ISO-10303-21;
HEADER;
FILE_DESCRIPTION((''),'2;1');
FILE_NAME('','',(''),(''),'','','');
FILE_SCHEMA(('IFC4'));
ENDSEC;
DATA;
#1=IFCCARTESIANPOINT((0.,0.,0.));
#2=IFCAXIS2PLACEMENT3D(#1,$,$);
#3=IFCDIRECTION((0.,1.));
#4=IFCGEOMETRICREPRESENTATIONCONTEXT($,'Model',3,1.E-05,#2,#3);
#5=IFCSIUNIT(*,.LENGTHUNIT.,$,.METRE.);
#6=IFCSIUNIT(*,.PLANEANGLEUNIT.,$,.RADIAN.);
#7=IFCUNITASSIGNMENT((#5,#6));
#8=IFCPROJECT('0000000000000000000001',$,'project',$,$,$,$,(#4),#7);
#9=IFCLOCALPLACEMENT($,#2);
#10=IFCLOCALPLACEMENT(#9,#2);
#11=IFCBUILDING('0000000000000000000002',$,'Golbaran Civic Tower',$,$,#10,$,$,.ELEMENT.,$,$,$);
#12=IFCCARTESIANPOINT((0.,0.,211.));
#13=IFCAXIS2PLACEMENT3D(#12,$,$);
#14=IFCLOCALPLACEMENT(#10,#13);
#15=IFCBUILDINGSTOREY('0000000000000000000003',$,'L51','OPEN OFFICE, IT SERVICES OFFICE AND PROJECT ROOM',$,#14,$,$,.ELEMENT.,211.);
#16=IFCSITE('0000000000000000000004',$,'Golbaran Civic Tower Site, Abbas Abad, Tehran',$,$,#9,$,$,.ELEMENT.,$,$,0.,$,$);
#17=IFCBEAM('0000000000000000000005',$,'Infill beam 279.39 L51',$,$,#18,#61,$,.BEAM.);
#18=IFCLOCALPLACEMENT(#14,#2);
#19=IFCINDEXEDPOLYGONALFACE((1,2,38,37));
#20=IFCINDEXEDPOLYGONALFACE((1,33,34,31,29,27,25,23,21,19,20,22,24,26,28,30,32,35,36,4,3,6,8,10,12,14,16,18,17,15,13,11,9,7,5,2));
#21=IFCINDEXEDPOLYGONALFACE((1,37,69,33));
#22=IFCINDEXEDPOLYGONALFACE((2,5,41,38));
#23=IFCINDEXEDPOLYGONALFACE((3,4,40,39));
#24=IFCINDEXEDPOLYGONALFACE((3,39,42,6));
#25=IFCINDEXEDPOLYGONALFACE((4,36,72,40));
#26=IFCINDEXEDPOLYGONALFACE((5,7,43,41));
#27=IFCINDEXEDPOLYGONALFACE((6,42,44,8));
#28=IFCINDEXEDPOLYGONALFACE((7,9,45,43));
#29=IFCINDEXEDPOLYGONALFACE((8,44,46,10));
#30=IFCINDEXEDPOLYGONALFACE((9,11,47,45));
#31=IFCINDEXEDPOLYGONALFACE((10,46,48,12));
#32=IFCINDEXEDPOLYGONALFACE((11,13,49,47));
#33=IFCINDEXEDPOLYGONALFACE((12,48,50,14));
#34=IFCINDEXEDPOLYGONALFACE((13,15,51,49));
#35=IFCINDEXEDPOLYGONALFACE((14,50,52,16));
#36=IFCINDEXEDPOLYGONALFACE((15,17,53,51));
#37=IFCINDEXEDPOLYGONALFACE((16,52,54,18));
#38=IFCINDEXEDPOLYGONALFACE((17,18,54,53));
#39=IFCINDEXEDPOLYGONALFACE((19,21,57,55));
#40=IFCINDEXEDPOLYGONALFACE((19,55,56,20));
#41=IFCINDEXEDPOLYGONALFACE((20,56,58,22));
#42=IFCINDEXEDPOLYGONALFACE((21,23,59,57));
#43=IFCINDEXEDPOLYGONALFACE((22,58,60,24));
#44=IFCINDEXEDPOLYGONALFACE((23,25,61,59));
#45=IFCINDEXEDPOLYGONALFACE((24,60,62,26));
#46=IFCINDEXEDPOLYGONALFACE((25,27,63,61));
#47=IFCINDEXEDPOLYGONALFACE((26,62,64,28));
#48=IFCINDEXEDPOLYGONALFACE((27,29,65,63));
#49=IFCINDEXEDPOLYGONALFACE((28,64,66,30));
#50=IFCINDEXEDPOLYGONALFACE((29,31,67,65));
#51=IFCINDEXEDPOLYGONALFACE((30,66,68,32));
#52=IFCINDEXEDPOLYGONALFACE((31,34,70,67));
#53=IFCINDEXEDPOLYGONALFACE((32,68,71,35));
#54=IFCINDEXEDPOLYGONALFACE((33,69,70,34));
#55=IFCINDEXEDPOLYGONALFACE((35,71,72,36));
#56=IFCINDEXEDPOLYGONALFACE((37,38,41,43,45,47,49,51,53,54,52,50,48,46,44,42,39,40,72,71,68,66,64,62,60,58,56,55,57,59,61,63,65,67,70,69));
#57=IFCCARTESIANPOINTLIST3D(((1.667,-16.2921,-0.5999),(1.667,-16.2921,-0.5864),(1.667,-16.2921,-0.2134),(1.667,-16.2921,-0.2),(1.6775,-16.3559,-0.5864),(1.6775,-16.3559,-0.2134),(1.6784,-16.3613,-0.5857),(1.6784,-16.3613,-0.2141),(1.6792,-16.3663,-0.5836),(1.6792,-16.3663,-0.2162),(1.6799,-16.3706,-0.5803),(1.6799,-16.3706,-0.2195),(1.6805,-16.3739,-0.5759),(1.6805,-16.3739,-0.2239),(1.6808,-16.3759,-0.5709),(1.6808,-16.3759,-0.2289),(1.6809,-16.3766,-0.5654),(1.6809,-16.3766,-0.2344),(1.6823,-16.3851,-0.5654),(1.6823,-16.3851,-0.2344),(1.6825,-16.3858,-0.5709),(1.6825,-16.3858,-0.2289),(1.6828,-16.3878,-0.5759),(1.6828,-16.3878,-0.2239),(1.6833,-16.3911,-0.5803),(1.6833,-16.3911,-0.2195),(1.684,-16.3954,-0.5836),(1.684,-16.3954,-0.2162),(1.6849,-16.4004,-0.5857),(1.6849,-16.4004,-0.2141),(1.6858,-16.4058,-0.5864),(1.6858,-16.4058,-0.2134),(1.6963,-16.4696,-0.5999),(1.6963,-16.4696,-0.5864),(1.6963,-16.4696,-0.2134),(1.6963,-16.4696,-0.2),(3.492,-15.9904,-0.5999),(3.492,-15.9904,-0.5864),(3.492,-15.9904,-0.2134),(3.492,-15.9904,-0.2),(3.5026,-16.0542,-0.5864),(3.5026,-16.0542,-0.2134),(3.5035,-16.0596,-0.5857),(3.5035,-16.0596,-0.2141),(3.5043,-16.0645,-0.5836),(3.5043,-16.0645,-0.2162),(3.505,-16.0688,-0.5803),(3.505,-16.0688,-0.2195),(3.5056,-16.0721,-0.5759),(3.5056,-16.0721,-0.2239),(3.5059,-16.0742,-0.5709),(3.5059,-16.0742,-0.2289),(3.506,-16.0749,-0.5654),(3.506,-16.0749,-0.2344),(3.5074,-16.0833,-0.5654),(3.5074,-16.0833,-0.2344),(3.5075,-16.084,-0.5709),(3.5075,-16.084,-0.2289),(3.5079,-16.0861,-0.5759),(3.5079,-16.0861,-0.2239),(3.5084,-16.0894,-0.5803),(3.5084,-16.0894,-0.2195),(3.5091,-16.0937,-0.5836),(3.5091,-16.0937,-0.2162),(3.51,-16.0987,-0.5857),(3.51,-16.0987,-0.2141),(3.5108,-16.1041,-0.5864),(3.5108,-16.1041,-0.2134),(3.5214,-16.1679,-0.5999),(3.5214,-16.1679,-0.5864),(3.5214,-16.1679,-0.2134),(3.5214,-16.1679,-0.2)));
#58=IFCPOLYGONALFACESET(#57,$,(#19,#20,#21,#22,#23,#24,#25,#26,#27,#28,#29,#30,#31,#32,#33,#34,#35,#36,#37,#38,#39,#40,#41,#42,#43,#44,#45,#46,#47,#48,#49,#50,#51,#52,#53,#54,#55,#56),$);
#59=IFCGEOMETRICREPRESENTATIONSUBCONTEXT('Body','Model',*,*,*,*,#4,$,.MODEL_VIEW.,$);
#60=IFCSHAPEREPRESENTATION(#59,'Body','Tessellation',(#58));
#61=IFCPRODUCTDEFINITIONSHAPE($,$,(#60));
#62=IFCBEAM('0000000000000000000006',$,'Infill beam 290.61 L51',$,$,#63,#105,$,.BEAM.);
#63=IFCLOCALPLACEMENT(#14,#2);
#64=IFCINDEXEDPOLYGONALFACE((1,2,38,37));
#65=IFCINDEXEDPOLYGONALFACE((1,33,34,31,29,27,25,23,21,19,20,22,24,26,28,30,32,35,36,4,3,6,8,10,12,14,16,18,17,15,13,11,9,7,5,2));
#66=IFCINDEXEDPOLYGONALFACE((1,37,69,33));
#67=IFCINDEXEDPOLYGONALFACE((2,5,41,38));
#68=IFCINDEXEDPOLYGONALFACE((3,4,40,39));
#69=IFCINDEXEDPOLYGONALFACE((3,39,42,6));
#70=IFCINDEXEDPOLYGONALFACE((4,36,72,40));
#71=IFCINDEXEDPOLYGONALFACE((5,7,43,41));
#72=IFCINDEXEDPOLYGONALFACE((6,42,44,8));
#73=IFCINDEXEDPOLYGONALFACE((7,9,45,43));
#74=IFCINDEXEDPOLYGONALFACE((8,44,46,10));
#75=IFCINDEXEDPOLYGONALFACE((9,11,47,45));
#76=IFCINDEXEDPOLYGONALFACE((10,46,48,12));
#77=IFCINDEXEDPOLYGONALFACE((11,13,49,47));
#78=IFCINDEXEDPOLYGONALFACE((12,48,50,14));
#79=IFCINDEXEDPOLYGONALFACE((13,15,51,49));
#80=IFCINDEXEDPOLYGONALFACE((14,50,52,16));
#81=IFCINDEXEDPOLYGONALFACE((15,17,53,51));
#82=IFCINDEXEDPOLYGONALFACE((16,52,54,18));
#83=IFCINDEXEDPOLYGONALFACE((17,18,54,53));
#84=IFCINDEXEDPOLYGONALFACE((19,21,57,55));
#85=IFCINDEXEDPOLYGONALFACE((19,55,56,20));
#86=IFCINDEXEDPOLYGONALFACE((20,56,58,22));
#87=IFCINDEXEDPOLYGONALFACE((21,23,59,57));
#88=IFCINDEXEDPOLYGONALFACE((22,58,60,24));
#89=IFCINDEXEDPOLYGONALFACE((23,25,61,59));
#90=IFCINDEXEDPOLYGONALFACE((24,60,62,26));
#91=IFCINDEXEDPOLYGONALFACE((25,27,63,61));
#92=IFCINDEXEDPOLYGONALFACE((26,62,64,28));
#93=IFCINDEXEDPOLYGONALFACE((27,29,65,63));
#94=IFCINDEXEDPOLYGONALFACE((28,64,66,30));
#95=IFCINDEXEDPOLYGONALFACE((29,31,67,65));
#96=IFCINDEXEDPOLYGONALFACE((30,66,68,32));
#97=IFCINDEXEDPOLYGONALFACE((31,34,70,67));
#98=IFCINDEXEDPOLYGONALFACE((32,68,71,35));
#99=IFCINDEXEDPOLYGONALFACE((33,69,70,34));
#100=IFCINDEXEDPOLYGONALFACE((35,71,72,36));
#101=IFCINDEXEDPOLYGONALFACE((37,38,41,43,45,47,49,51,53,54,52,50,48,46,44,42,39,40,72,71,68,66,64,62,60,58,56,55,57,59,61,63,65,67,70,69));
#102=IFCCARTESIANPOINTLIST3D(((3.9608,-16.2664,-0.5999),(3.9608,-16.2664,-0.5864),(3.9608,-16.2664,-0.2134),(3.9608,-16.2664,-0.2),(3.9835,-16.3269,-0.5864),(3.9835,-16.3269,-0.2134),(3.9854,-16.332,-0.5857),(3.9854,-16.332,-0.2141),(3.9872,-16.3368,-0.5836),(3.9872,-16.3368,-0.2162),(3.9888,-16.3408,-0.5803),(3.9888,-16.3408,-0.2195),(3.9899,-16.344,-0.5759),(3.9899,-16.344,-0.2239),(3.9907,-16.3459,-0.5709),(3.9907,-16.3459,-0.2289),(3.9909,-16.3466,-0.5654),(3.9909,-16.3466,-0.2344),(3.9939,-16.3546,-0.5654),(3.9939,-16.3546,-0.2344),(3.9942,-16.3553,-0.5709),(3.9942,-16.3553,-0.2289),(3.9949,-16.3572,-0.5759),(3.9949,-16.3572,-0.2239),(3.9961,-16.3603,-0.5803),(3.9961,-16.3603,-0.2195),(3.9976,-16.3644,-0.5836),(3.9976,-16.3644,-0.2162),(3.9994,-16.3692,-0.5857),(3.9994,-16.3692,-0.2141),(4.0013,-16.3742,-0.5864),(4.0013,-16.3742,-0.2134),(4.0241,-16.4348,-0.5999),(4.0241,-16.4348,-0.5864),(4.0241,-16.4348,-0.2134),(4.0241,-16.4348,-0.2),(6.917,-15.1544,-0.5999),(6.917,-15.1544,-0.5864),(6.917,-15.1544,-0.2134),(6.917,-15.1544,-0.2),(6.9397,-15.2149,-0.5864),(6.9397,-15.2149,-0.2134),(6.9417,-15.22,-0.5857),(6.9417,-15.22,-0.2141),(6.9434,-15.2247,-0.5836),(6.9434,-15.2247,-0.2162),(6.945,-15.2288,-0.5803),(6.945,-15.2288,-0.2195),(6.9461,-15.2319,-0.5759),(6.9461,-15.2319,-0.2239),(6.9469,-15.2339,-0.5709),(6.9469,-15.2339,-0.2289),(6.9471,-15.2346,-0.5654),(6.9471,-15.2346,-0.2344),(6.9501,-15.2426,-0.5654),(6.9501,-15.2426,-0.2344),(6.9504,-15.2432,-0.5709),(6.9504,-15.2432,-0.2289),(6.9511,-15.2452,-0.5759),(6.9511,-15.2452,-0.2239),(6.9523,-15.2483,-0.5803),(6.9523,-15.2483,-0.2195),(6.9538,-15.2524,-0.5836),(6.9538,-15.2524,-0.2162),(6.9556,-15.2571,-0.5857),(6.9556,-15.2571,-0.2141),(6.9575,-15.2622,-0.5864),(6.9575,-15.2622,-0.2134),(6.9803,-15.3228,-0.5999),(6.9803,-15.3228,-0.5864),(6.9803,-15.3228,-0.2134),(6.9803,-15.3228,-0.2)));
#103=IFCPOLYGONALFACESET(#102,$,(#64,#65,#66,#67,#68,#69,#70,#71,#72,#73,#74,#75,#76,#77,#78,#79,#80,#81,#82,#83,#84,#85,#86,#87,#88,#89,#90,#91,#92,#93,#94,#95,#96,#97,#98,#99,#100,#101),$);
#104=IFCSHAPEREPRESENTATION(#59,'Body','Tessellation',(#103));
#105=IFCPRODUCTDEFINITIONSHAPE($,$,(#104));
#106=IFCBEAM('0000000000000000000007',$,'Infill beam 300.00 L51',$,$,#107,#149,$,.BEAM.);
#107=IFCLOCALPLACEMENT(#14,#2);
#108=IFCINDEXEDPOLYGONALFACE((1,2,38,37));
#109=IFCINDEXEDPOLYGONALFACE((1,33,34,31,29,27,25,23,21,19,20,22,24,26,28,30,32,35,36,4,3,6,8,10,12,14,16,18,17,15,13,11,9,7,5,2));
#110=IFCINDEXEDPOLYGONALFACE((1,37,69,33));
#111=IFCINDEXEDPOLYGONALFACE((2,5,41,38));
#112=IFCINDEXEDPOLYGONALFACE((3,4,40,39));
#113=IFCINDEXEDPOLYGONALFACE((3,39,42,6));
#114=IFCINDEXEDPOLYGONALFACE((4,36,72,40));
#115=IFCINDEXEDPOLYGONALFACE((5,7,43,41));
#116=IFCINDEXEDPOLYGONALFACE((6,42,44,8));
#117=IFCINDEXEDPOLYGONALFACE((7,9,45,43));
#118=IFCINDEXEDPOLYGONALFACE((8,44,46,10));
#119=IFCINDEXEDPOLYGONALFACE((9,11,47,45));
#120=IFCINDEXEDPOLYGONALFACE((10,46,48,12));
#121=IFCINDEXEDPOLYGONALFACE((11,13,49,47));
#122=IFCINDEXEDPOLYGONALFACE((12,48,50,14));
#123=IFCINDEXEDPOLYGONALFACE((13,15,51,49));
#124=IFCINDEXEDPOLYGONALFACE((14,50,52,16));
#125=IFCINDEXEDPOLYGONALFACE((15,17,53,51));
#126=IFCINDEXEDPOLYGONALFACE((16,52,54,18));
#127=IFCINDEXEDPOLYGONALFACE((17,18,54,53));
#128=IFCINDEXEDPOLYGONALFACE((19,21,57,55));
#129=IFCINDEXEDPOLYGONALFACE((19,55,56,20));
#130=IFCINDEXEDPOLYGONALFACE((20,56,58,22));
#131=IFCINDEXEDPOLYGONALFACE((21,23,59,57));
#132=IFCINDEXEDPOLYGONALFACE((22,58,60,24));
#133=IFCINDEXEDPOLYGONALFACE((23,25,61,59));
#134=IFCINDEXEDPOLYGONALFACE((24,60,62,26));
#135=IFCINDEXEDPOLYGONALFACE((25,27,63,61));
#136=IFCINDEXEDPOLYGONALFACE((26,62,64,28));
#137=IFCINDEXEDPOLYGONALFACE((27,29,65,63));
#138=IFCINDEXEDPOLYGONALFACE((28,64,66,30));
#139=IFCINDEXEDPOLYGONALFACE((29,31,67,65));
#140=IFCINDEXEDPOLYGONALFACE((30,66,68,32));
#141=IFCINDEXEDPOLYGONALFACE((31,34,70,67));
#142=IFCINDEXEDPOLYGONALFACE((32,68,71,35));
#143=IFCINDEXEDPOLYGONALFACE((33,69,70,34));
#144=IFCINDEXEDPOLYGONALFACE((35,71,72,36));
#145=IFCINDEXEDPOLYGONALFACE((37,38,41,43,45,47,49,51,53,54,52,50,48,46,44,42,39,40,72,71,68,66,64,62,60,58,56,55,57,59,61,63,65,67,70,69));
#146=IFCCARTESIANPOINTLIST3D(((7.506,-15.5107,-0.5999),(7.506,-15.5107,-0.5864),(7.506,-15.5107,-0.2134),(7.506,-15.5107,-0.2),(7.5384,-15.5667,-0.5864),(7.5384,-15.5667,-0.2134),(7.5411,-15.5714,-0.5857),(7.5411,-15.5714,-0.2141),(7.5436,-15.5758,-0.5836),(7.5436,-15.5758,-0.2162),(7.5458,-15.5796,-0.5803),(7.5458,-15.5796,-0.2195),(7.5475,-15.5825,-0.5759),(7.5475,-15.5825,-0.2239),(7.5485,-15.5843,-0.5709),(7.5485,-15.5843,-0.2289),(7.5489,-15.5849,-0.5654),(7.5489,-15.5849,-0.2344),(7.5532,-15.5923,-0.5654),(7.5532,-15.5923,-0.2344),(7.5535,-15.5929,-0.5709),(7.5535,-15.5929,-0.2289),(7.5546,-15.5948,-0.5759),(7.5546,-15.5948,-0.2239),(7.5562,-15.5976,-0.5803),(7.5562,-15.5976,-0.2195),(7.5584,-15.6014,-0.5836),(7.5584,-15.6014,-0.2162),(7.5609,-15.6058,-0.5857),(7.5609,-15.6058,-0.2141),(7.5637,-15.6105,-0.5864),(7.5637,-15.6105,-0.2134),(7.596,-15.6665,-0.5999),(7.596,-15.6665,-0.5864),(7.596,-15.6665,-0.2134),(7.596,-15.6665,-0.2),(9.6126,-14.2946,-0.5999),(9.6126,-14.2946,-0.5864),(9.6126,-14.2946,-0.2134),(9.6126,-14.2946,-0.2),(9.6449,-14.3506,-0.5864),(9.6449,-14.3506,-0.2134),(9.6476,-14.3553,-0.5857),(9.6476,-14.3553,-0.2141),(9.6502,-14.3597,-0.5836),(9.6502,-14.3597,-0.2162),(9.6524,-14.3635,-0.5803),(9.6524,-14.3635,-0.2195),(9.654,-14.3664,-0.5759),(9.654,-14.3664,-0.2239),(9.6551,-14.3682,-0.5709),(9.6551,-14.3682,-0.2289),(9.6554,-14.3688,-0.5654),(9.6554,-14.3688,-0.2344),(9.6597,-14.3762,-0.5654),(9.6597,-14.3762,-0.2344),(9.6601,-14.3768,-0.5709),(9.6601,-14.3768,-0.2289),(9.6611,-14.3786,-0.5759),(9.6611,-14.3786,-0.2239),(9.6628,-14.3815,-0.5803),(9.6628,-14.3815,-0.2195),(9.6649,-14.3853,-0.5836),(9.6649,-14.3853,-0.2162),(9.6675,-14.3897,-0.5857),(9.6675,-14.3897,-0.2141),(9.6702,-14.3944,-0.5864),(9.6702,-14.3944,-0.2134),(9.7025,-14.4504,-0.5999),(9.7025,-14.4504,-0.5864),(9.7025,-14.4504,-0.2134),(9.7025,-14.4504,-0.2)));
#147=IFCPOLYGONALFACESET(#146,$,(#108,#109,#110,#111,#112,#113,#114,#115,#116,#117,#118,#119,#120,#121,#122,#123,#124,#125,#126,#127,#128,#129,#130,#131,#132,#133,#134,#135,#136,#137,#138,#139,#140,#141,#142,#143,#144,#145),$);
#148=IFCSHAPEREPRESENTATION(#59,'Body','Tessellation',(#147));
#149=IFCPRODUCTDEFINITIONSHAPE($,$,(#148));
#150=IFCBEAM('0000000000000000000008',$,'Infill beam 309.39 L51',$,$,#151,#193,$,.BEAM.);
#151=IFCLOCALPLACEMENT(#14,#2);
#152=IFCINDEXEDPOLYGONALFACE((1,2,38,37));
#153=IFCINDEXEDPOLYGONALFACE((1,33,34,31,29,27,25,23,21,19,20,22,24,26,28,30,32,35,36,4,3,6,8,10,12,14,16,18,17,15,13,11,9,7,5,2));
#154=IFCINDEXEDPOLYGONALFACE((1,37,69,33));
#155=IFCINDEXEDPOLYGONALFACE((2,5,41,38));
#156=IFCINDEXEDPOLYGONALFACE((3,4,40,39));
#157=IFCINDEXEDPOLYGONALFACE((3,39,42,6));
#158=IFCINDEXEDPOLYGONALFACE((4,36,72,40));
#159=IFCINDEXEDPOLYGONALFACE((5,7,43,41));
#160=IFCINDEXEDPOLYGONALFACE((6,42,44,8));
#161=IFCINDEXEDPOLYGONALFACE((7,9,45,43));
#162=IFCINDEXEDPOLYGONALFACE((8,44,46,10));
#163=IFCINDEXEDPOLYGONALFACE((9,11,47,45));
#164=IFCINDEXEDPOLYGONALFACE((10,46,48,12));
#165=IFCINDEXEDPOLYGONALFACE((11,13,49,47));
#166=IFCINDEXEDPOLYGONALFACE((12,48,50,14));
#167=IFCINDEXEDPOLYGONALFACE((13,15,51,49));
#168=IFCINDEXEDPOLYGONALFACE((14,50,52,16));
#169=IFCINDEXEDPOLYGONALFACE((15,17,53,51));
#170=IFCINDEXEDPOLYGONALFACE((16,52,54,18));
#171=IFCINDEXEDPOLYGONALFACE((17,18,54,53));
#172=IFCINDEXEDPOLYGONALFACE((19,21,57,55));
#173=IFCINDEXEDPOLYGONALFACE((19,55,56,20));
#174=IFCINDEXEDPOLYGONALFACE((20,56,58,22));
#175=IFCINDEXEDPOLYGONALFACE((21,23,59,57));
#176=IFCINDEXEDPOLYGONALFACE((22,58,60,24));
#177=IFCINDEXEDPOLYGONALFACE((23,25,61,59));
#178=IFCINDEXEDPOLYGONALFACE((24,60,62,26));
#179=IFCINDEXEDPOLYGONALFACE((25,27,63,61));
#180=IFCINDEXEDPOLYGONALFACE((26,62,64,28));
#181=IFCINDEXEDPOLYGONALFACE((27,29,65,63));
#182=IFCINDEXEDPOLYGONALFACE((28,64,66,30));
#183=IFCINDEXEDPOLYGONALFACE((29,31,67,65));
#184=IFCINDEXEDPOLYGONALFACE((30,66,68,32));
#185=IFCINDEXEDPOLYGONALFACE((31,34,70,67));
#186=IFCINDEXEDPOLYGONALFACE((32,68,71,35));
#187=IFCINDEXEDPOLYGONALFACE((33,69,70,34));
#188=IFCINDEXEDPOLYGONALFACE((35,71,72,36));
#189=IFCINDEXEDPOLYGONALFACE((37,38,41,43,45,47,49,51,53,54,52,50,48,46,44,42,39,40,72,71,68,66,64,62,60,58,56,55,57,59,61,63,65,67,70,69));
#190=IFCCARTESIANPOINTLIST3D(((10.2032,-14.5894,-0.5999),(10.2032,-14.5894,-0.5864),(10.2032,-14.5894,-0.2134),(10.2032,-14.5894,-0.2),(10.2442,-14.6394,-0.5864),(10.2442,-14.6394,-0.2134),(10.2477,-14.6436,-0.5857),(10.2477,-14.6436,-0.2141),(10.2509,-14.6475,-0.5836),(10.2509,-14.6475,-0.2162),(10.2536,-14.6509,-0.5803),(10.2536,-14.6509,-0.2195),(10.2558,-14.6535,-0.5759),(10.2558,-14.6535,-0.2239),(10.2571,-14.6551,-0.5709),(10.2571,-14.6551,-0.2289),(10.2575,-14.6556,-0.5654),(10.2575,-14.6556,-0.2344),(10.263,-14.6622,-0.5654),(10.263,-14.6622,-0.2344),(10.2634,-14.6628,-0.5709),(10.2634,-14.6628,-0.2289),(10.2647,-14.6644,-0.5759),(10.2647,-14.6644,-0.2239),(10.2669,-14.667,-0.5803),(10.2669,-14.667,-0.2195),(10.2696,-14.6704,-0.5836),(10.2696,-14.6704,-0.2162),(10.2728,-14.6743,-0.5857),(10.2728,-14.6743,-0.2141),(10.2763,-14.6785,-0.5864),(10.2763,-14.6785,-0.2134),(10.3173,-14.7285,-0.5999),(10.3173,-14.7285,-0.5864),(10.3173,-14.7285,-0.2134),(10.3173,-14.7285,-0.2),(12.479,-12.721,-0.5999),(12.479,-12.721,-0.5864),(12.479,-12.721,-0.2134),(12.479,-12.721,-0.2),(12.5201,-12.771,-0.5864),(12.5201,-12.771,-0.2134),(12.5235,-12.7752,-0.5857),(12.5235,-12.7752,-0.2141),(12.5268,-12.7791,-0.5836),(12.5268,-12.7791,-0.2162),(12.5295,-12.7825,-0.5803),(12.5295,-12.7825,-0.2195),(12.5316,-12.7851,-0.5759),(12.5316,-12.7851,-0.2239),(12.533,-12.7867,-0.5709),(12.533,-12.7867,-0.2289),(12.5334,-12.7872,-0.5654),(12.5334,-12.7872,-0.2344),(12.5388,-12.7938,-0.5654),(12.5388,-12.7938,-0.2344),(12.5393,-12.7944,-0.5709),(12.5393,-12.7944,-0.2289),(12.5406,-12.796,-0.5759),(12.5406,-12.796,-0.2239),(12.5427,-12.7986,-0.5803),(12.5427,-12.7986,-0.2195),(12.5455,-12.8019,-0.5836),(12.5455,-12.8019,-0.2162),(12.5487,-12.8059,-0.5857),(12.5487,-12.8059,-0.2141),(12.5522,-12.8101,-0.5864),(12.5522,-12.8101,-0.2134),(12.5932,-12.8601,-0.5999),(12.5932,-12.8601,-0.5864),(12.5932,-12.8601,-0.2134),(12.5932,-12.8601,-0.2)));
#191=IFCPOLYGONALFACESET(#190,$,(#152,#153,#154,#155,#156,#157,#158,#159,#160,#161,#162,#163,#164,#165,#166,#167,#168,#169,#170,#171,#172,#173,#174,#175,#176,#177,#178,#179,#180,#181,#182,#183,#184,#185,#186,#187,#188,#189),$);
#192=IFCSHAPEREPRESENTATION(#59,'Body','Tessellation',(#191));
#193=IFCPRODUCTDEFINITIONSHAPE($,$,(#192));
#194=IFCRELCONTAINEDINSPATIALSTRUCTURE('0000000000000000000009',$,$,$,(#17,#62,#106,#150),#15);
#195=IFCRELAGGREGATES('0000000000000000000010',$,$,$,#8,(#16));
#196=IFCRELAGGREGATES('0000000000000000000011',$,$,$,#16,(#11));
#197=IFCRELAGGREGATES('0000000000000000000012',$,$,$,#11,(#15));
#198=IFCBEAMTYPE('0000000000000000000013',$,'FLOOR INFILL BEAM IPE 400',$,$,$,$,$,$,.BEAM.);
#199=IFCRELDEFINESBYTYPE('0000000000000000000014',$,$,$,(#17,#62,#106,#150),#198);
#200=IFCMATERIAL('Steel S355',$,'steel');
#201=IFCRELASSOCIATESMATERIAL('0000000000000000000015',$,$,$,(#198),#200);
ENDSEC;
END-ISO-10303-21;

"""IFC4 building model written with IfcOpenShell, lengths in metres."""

from ifc_helpers import new_model, si_unit, direction, frame, origin, origin_2d, place, context, subcontext, project, spatial, i_section, extrude, material, material_profile, profile_set, type_object, element, save


model = new_model("IFC4")

# Units and contexts
model_context = context("Model", 3, precision=1e-05, world=origin(), true_north=direction((0.0, 1.0)))
body_context = subcontext(model_context, "Body", "Model", "MODEL_VIEW")
ifc_project = project(units=[si_unit("LENGTHUNIT", "METRE"), si_unit("PLANEANGLEUNIT", "RADIAN")], contexts=[model_context])

# Site, building, storey
site_placement = place(None, origin())
site = spatial("IfcSite", under=ifc_project, at=site_placement, Name="Golbaran Civic Tower Site, Abbas Abad, Tehran", CompositionType="ELEMENT", RefElevation=0.0)
building_placement = place(site_placement, origin())
building = spatial("IfcBuilding", under=site, at=building_placement, Name="Golbaran Civic Tower", CompositionType="ELEMENT")
storey_placement = place(building_placement, frame((0.0, 0.0, 211.0)))
storey = spatial("IfcBuildingStorey", under=building, at=storey_placement, Name="L51", Description="OPEN OFFICE, IT SERVICES OFFICE AND PROJECT ROOM", CompositionType="ELEMENT", Elevation=211.0)

# Beams
ifc_material_1 = material(Name="Steel S355", Category="steel")
ifc_material_profile_1 = material_profile(ifc_material_1, i_section(OverallWidth=0.1799, OverallDepth=0.3999, WebThickness=0.0085, FlangeThickness=0.0134, FilletRadius=0.021, at=origin_2d()), Name="IPE 400")
ifc_profile_set_1 = profile_set([ifc_material_profile_1], Name="Steel S355")
beam_type_1 = type_object("IfcBeamType", Name="FLOOR INFILL BEAM IPE 400", PredefinedType="BEAM", material=ifc_profile_set_1)
beam_1_placement = place(storey_placement, frame((1.6816, -16.3809, -0.3999), z_axis=(0.986607, 0.163115, 0.0), x_axis=(-0.163115, 0.986607, 0.0)))
element("IfcBeam", 1, at=beam_1_placement, inside=storey, type_object=beam_type_1, Name="Infill beam 279.39 L51", PredefinedType="BEAM", context=body_context, shape_type="SweptSolid", body=[
    extrude(i_section(OverallWidth=0.1799, OverallDepth=0.3999, WebThickness=0.0085, FlangeThickness=0.0134, FilletRadius=0.021, at=origin_2d()), origin(), (0.0, 0.0, 1.0), 1.8499),
])
beam_2_placement = place(storey_placement, frame((3.9924, -16.3506, -0.3999), z_axis=(0.93597, 0.35208, 0.0), x_axis=(-0.35208, 0.93597, 0.0)))
element("IfcBeam", 2, at=beam_2_placement, inside=storey, type_object=beam_type_1, Name="Infill beam 290.61 L51", PredefinedType="BEAM", context=body_context, shape_type="SweptSolid", body=[
    extrude(i_section(OverallWidth=0.1799, OverallDepth=0.3999, WebThickness=0.0085, FlangeThickness=0.0134, FilletRadius=0.021, at=origin_2d()), origin(), (0.0, 0.0, 1.0), 3.1584),
])
beam_3_placement = place(storey_placement, frame((7.551, -15.5886, -0.3999), z_axis=(0.866042, 0.499972, 0.0), x_axis=(-0.499972, 0.866042, 0.0)))
element("IfcBeam", 3, at=beam_3_placement, inside=storey, type_object=beam_type_1, Name="Infill beam 300.00 L51", PredefinedType="BEAM", context=body_context, shape_type="SweptSolid", body=[
    extrude(i_section(OverallWidth=0.1799, OverallDepth=0.3999, WebThickness=0.0085, FlangeThickness=0.0134, FilletRadius=0.021, at=origin_2d()), origin(), (0.0, 0.0, 1.0), 2.4324),
])
beam_4_placement = place(storey_placement, frame((10.2603, -14.6589, -0.3999), z_axis=(0.772903, 0.634524, 0.0), x_axis=(-0.634524, 0.772903, 0.0)))
element("IfcBeam", 4, at=beam_4_placement, inside=storey, type_object=beam_type_1, Name="Infill beam 309.39 L51", PredefinedType="BEAM", context=body_context, shape_type="SweptSolid", body=[
    extrude(i_section(OverallWidth=0.1799, OverallDepth=0.3999, WebThickness=0.0085, FlangeThickness=0.0134, FilletRadius=0.021, at=origin_2d()), origin(), (0.0, 0.0, 1.0), 2.9446),
])

save(model, "model.ifc")
